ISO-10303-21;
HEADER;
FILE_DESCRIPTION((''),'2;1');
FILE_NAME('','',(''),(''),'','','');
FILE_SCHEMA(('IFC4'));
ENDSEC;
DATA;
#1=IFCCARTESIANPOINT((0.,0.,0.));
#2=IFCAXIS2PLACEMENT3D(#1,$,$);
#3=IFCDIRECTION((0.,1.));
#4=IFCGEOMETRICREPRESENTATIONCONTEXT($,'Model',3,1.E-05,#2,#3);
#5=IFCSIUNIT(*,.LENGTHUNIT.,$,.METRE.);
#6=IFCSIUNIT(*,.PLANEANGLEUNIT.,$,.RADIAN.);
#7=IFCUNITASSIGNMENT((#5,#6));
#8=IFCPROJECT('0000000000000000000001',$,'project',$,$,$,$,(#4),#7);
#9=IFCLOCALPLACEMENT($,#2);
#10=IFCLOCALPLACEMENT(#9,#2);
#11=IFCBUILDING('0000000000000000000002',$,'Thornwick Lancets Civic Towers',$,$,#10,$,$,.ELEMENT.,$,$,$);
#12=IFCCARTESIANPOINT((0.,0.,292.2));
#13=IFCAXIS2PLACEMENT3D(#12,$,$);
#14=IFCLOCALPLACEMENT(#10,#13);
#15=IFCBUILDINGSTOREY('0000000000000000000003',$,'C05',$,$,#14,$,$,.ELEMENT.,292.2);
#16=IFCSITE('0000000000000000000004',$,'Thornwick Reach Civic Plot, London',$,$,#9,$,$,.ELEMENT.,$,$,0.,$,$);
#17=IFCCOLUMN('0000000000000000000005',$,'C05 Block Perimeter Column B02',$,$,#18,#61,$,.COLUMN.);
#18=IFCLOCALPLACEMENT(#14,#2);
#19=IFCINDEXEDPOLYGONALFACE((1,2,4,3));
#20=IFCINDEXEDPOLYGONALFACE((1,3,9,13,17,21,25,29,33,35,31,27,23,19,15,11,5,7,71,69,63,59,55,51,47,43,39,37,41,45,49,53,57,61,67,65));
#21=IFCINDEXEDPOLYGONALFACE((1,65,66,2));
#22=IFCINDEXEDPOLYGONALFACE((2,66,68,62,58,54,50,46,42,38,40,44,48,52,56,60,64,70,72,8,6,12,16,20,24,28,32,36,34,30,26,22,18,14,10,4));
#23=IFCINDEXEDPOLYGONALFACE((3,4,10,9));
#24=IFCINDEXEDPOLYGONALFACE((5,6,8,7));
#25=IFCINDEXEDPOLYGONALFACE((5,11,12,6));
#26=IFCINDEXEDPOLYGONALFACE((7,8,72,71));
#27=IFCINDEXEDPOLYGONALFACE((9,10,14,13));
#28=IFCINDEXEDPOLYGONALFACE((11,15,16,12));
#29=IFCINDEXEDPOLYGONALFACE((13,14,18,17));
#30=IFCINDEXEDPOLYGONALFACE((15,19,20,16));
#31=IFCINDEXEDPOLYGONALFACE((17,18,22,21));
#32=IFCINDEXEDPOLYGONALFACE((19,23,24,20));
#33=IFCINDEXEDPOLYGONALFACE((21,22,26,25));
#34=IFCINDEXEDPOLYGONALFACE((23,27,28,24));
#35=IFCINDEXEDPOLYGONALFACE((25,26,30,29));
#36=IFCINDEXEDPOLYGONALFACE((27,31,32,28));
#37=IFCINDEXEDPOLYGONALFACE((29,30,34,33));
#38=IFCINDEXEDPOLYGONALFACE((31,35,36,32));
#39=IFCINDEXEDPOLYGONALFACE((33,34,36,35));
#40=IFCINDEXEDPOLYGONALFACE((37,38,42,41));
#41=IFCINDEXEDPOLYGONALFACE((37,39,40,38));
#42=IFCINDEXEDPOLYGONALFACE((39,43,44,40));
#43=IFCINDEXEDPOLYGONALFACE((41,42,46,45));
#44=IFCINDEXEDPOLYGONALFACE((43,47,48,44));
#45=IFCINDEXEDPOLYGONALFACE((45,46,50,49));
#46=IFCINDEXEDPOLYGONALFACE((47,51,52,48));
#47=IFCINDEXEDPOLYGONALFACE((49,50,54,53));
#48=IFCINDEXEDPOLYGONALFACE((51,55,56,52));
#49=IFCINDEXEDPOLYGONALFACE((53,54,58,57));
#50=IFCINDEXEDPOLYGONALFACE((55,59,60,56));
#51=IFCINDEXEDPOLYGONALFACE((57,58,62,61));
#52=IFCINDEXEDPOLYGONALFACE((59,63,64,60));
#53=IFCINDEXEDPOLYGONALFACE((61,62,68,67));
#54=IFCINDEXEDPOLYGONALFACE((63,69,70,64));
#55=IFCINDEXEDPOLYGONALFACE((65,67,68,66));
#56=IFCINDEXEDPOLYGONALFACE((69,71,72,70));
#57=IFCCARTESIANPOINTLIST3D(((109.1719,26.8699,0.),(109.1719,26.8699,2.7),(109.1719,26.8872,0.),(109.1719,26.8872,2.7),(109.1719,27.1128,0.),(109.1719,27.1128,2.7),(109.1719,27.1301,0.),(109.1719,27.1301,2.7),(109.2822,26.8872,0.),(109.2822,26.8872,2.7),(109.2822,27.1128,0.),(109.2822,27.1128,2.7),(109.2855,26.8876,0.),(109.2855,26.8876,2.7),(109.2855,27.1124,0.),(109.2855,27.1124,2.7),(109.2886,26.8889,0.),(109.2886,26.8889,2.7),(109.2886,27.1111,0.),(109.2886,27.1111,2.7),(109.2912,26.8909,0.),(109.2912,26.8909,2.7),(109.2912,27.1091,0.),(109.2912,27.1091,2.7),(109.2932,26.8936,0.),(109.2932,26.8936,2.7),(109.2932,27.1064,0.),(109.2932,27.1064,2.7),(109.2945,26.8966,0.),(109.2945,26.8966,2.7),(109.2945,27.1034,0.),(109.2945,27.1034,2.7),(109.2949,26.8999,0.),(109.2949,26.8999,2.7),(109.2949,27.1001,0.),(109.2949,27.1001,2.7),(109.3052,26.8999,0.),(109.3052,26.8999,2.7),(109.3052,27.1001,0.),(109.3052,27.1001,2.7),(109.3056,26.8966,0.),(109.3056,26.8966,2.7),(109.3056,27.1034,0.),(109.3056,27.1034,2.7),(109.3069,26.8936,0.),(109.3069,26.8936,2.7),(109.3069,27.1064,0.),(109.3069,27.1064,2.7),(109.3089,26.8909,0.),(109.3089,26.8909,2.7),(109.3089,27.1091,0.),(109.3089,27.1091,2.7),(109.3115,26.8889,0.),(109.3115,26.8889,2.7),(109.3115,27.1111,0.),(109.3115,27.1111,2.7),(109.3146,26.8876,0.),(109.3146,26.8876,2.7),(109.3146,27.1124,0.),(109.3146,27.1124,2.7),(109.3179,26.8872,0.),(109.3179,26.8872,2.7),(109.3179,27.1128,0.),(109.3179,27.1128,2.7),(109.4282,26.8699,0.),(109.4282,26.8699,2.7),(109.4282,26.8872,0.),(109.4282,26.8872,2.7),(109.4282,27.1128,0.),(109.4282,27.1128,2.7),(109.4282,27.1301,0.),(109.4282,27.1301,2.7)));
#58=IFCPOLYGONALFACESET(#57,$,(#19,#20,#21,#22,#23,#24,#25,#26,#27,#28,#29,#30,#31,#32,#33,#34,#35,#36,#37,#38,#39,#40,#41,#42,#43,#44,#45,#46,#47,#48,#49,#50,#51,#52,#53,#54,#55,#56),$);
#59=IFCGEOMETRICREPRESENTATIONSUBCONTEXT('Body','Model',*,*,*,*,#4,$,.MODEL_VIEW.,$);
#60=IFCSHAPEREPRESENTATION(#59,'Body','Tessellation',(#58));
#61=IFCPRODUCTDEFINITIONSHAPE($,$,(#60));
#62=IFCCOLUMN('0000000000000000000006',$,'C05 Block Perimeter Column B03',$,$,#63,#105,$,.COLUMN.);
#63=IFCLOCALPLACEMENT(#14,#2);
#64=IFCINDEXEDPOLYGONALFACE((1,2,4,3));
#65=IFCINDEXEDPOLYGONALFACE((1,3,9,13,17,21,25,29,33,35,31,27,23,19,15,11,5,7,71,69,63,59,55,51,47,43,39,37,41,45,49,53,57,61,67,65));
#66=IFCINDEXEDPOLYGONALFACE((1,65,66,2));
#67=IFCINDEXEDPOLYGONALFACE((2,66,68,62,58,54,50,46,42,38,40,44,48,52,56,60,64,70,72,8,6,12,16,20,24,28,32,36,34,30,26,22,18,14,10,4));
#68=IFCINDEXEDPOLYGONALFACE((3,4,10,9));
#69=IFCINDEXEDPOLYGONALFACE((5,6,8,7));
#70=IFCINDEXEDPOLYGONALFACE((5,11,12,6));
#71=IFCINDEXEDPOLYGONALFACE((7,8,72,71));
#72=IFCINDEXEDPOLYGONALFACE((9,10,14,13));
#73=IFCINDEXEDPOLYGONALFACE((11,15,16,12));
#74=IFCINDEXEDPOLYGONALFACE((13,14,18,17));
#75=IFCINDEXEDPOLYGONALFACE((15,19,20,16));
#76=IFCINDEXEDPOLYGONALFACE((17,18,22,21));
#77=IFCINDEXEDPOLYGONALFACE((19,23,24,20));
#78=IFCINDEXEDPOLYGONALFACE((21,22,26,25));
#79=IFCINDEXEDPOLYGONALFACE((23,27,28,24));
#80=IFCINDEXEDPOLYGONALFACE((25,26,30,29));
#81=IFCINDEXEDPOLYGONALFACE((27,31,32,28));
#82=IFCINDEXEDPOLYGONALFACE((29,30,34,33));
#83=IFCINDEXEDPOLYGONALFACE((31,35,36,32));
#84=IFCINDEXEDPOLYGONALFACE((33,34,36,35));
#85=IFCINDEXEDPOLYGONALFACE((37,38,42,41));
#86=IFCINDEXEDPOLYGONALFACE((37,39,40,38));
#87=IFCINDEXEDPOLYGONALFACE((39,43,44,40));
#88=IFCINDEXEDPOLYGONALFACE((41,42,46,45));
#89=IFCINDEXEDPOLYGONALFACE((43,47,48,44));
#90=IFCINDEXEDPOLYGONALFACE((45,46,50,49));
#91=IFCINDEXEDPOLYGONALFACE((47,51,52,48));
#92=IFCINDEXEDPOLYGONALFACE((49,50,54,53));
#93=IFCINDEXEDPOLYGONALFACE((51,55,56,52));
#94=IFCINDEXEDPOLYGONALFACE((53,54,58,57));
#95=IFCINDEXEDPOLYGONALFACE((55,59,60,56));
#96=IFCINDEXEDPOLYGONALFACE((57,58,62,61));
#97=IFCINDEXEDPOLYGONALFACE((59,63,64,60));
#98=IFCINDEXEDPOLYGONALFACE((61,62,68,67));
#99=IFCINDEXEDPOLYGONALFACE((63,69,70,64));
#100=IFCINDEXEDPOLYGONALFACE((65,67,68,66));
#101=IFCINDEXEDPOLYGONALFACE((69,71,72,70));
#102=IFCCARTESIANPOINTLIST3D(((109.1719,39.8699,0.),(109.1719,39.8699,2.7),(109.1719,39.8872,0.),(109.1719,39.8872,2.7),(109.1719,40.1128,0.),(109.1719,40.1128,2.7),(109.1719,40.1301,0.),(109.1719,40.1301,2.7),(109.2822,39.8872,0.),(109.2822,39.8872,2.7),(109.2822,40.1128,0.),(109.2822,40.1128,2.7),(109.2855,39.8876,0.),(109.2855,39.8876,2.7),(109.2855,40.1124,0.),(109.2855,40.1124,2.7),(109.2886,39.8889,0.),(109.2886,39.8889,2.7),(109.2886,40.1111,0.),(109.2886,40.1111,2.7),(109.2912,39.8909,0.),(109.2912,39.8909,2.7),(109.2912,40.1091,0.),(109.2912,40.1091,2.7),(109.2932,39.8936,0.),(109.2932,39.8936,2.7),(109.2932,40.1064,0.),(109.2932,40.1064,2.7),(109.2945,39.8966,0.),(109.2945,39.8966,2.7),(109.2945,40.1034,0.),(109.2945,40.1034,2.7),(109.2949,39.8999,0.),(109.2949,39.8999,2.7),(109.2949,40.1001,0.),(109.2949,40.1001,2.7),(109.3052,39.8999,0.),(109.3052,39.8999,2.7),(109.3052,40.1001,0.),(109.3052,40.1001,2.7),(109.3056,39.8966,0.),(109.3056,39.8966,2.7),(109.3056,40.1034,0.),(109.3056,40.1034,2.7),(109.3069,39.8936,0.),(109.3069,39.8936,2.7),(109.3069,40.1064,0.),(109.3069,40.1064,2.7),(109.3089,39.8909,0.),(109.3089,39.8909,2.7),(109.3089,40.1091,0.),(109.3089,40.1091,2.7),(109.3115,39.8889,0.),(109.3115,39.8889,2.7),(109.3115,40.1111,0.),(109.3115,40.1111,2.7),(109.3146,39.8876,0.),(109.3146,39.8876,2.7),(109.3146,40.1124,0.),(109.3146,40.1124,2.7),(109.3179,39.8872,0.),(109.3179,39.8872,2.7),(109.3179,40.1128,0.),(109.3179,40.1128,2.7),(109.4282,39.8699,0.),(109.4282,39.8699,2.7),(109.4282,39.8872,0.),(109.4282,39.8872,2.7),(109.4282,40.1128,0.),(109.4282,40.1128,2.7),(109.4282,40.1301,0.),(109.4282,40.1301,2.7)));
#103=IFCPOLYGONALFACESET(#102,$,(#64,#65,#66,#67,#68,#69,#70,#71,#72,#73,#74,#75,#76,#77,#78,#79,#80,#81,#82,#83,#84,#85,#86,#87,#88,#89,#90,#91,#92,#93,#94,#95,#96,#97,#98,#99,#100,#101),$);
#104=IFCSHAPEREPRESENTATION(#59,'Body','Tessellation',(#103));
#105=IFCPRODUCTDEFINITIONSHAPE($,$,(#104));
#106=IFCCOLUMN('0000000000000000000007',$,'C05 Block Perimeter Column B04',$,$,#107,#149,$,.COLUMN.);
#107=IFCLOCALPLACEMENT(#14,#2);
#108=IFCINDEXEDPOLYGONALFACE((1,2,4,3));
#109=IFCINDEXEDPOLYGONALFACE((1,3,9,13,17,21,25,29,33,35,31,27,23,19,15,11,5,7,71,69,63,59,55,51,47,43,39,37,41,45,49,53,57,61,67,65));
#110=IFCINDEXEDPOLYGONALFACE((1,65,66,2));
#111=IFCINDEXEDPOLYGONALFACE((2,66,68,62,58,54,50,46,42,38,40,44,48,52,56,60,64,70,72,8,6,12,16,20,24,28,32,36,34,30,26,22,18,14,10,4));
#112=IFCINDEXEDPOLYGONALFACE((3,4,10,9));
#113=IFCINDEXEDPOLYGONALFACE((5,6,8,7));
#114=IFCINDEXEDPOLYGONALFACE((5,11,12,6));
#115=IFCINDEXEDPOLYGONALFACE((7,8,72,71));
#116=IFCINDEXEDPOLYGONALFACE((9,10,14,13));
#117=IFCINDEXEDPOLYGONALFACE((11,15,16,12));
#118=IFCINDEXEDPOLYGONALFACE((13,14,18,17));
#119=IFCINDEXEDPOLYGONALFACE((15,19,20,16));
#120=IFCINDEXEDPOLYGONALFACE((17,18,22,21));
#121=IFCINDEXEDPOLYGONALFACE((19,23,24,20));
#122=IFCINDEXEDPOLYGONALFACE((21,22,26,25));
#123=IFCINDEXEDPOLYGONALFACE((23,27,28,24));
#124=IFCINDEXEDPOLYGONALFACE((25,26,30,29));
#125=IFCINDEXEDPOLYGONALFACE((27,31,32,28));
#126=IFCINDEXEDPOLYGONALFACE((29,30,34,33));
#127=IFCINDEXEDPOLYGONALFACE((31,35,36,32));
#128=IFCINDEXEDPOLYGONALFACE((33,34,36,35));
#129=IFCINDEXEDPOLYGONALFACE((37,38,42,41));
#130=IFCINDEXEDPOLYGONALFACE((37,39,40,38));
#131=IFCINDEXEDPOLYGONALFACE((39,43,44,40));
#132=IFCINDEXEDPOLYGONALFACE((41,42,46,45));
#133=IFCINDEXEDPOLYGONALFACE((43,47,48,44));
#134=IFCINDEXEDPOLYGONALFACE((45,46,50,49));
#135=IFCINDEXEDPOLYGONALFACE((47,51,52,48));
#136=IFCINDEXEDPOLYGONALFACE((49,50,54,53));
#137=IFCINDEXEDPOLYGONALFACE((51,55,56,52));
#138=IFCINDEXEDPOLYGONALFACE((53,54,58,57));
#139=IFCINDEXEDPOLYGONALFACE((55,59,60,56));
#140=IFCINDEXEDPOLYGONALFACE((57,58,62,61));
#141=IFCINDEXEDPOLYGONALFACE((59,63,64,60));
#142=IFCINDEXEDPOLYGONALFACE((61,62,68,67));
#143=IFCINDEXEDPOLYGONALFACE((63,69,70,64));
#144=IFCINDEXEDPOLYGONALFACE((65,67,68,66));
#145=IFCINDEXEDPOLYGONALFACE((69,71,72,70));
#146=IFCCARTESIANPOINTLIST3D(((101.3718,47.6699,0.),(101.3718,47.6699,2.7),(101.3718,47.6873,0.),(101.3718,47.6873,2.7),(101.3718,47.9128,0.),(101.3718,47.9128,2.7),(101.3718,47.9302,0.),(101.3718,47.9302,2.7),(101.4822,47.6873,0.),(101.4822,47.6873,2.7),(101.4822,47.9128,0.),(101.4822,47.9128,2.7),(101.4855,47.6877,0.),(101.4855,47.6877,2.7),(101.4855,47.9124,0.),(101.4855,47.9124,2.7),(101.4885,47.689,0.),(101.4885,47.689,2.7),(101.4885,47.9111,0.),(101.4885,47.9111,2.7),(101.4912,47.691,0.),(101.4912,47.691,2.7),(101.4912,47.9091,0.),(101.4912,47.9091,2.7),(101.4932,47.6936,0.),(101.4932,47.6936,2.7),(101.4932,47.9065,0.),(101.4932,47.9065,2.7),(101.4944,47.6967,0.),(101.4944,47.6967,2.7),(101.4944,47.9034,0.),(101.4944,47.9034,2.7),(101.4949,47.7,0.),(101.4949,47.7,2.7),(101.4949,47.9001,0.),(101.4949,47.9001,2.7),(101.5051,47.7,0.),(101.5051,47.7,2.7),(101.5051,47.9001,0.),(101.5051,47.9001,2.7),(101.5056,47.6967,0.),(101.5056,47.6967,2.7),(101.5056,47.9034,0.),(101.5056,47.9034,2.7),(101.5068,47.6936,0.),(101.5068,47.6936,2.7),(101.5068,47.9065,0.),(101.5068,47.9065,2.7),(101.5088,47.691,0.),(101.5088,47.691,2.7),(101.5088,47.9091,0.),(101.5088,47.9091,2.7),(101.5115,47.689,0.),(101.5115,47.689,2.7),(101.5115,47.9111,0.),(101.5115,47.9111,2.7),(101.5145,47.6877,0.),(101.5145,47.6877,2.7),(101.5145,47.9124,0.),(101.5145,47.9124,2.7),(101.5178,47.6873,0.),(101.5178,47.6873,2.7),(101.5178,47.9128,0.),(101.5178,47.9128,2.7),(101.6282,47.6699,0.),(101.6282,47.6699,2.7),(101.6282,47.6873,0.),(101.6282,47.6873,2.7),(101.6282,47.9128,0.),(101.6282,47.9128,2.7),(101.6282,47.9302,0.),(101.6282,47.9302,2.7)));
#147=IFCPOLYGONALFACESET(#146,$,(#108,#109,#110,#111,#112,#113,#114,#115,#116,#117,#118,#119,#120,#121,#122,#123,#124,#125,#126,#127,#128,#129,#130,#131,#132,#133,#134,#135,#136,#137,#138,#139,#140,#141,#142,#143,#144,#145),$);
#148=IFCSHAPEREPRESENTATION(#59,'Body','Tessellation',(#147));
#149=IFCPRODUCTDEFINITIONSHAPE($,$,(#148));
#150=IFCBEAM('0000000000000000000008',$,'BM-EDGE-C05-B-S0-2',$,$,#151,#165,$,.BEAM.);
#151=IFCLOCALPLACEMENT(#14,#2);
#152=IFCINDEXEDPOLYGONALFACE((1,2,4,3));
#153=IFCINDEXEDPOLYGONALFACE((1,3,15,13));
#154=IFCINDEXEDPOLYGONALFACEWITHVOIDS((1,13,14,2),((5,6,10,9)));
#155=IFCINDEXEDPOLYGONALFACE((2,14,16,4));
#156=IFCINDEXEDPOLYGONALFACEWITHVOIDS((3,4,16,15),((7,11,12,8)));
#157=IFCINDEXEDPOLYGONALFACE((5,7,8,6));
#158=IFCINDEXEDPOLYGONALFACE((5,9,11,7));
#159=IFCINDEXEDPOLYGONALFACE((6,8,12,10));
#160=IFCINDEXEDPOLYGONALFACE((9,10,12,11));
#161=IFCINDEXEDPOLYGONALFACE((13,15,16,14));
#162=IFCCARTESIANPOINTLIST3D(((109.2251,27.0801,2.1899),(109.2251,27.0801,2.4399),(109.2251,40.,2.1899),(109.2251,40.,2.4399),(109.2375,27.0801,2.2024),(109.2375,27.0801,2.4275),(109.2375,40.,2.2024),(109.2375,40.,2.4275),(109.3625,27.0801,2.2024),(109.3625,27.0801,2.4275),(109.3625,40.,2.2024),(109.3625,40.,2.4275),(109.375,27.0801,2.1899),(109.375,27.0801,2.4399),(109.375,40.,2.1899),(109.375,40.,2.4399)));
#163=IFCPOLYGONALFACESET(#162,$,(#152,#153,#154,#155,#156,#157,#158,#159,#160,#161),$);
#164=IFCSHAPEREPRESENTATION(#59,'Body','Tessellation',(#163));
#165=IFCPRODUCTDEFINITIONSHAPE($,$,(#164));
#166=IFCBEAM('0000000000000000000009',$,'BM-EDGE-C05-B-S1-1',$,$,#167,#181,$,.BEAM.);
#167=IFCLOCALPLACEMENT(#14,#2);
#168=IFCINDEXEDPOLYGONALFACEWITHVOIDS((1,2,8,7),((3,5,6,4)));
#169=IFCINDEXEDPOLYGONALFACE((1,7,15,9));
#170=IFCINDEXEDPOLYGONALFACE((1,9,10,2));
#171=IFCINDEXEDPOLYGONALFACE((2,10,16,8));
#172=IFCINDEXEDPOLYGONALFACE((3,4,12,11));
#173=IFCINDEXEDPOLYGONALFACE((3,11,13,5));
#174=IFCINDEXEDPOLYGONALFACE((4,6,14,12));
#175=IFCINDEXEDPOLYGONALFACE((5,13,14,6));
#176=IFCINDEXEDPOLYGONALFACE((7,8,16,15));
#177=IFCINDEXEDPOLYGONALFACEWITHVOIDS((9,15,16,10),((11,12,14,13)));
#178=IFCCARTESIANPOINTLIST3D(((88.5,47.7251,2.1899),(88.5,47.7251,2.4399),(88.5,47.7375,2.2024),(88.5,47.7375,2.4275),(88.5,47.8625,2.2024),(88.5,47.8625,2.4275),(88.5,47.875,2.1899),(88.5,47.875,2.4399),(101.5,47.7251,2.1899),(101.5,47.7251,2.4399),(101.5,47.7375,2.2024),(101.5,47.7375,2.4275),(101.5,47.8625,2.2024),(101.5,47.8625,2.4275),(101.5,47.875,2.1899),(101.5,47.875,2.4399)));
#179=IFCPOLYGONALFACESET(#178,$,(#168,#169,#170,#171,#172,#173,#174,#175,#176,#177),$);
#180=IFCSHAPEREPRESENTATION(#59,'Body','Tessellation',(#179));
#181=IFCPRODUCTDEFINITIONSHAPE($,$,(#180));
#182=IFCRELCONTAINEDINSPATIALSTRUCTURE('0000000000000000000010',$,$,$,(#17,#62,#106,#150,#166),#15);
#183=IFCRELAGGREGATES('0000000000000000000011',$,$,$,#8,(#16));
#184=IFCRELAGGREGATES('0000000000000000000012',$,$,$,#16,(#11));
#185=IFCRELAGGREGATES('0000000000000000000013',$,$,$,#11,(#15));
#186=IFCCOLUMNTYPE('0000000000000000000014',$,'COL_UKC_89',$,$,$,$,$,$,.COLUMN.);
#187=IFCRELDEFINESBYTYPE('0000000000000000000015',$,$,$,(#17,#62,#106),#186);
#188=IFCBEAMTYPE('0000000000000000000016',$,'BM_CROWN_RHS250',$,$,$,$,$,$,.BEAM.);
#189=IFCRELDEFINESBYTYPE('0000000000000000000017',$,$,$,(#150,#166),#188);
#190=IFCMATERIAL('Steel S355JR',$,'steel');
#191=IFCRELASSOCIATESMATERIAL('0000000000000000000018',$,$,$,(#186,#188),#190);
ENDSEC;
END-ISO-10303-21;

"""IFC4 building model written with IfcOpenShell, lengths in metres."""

from ifc_helpers import new_model, si_unit, direction, frame, origin, origin_2d, place, context, subcontext, project, spatial, hollow_rectangle, i_section, extrude, material, material_profile, profile_set, type_object, element, save


model = new_model("IFC4")

# Units and contexts
model_context = context("Model", 3, precision=1e-05, world=origin(), true_north=direction((0.0, 1.0)))
body_context = subcontext(model_context, "Body", "Model", "MODEL_VIEW")
ifc_project = project(units=[si_unit("LENGTHUNIT", "METRE"), si_unit("PLANEANGLEUNIT", "RADIAN")], contexts=[model_context])

# Site, building, storey
site_placement = place(None, origin())
site = spatial("IfcSite", under=ifc_project, at=site_placement, Name="Thornwick Reach Civic Plot, London", CompositionType="ELEMENT", RefElevation=0.0)
building_placement = place(site_placement, origin())
building = spatial("IfcBuilding", under=site, at=building_placement, Name="Thornwick Lancets Civic Towers", CompositionType="ELEMENT")
storey_placement = place(building_placement, frame((0.0, 0.0, 292.2)))
storey = spatial("IfcBuildingStorey", under=building, at=storey_placement, Name="C05", CompositionType="ELEMENT", Elevation=292.2)

# Columns
ifc_material_1 = material(Name="Steel S355JR", Category="steel")
ifc_material_profile_1 = material_profile(ifc_material_1, i_section(OverallWidth=0.2563, OverallDepth=0.2603, WebThickness=0.0103, FlangeThickness=0.0173, FilletRadius=0.0127, at=origin_2d()), Name="UKC 254x254x89")
ifc_profile_set_1 = profile_set([ifc_material_profile_1], Name="Steel S355JR")
column_type_1 = type_object("IfcColumnType", Name="COL_UKC_89", PredefinedType="COLUMN", material=ifc_profile_set_1)
for number, where, z_axis, x_axis, name in (
    (1, (109.3, 27.0, 0.0), (0.0, 0.0, 1.0), (1.0, 0.0, 0.0), "C05 Block Perimeter Column B02"),
    (2, (109.3, 40.0, 0.0), (0.0, 0.0, 1.0), (1.0, 0.0, 0.0), "C05 Block Perimeter Column B03"),
    (3, (101.5, 47.8, 0.0), (0.0, 0.0, 1.0), (1.0, 0.0, 0.0), "C05 Block Perimeter Column B04"),
):
    element("IfcColumn", number, at=place(storey_placement, frame(where, z_axis=z_axis, x_axis=x_axis)), inside=storey, type_object=column_type_1, Name=name, PredefinedType="COLUMN", context=body_context, shape_type="SweptSolid", body=[
        extrude(i_section(OverallWidth=0.2563, OverallDepth=0.2603, WebThickness=0.0103, FlangeThickness=0.0173, FilletRadius=0.0127, at=origin_2d()), origin(), (0.0, 0.0, 1.0), 2.7),
    ])

# Beams
ifc_material_profile_2 = material_profile(ifc_material_1, hollow_rectangle(XDim=0.1499, YDim=0.25, WallThickness=0.0125, at=origin_2d()), Name="RHS 250x150x12.5")
ifc_profile_set_2 = profile_set([ifc_material_profile_2], Name="Steel S355JR")
beam_type_1 = type_object("IfcBeamType", Name="BM_CROWN_RHS250", PredefinedType="BEAM", material=ifc_profile_set_2)
beam_1_placement = place(storey_placement, frame((109.3, 27.0801, 2.3149), z_axis=(0.0, 1.0, 0.0), x_axis=(-1.0, 0.0, 0.0)))
element("IfcBeam", 4, at=beam_1_placement, inside=storey, type_object=beam_type_1, Name="BM-EDGE-C05-B-S0-2", PredefinedType="BEAM", context=body_context, shape_type="SweptSolid", body=[
    extrude(hollow_rectangle(XDim=0.1499, YDim=0.25, WallThickness=0.0125, at=origin_2d()), origin(), (0.0, 0.0, 1.0), 12.9199),
])
beam_2_placement = place(storey_placement, frame((101.5, 47.8, 2.3149), z_axis=(-1.0, 0.0, 0.0), x_axis=(0.0, -1.0, 0.0)))
element("IfcBeam", 5, at=beam_2_placement, inside=storey, type_object=beam_type_1, Name="BM-EDGE-C05-B-S1-1", PredefinedType="BEAM", context=body_context, shape_type="SweptSolid", body=[
    extrude(hollow_rectangle(XDim=0.1499, YDim=0.25, WallThickness=0.0125, at=origin_2d()), origin(), (0.0, 0.0, 1.0), 13.0),
])

save(model, "model.ifc")
